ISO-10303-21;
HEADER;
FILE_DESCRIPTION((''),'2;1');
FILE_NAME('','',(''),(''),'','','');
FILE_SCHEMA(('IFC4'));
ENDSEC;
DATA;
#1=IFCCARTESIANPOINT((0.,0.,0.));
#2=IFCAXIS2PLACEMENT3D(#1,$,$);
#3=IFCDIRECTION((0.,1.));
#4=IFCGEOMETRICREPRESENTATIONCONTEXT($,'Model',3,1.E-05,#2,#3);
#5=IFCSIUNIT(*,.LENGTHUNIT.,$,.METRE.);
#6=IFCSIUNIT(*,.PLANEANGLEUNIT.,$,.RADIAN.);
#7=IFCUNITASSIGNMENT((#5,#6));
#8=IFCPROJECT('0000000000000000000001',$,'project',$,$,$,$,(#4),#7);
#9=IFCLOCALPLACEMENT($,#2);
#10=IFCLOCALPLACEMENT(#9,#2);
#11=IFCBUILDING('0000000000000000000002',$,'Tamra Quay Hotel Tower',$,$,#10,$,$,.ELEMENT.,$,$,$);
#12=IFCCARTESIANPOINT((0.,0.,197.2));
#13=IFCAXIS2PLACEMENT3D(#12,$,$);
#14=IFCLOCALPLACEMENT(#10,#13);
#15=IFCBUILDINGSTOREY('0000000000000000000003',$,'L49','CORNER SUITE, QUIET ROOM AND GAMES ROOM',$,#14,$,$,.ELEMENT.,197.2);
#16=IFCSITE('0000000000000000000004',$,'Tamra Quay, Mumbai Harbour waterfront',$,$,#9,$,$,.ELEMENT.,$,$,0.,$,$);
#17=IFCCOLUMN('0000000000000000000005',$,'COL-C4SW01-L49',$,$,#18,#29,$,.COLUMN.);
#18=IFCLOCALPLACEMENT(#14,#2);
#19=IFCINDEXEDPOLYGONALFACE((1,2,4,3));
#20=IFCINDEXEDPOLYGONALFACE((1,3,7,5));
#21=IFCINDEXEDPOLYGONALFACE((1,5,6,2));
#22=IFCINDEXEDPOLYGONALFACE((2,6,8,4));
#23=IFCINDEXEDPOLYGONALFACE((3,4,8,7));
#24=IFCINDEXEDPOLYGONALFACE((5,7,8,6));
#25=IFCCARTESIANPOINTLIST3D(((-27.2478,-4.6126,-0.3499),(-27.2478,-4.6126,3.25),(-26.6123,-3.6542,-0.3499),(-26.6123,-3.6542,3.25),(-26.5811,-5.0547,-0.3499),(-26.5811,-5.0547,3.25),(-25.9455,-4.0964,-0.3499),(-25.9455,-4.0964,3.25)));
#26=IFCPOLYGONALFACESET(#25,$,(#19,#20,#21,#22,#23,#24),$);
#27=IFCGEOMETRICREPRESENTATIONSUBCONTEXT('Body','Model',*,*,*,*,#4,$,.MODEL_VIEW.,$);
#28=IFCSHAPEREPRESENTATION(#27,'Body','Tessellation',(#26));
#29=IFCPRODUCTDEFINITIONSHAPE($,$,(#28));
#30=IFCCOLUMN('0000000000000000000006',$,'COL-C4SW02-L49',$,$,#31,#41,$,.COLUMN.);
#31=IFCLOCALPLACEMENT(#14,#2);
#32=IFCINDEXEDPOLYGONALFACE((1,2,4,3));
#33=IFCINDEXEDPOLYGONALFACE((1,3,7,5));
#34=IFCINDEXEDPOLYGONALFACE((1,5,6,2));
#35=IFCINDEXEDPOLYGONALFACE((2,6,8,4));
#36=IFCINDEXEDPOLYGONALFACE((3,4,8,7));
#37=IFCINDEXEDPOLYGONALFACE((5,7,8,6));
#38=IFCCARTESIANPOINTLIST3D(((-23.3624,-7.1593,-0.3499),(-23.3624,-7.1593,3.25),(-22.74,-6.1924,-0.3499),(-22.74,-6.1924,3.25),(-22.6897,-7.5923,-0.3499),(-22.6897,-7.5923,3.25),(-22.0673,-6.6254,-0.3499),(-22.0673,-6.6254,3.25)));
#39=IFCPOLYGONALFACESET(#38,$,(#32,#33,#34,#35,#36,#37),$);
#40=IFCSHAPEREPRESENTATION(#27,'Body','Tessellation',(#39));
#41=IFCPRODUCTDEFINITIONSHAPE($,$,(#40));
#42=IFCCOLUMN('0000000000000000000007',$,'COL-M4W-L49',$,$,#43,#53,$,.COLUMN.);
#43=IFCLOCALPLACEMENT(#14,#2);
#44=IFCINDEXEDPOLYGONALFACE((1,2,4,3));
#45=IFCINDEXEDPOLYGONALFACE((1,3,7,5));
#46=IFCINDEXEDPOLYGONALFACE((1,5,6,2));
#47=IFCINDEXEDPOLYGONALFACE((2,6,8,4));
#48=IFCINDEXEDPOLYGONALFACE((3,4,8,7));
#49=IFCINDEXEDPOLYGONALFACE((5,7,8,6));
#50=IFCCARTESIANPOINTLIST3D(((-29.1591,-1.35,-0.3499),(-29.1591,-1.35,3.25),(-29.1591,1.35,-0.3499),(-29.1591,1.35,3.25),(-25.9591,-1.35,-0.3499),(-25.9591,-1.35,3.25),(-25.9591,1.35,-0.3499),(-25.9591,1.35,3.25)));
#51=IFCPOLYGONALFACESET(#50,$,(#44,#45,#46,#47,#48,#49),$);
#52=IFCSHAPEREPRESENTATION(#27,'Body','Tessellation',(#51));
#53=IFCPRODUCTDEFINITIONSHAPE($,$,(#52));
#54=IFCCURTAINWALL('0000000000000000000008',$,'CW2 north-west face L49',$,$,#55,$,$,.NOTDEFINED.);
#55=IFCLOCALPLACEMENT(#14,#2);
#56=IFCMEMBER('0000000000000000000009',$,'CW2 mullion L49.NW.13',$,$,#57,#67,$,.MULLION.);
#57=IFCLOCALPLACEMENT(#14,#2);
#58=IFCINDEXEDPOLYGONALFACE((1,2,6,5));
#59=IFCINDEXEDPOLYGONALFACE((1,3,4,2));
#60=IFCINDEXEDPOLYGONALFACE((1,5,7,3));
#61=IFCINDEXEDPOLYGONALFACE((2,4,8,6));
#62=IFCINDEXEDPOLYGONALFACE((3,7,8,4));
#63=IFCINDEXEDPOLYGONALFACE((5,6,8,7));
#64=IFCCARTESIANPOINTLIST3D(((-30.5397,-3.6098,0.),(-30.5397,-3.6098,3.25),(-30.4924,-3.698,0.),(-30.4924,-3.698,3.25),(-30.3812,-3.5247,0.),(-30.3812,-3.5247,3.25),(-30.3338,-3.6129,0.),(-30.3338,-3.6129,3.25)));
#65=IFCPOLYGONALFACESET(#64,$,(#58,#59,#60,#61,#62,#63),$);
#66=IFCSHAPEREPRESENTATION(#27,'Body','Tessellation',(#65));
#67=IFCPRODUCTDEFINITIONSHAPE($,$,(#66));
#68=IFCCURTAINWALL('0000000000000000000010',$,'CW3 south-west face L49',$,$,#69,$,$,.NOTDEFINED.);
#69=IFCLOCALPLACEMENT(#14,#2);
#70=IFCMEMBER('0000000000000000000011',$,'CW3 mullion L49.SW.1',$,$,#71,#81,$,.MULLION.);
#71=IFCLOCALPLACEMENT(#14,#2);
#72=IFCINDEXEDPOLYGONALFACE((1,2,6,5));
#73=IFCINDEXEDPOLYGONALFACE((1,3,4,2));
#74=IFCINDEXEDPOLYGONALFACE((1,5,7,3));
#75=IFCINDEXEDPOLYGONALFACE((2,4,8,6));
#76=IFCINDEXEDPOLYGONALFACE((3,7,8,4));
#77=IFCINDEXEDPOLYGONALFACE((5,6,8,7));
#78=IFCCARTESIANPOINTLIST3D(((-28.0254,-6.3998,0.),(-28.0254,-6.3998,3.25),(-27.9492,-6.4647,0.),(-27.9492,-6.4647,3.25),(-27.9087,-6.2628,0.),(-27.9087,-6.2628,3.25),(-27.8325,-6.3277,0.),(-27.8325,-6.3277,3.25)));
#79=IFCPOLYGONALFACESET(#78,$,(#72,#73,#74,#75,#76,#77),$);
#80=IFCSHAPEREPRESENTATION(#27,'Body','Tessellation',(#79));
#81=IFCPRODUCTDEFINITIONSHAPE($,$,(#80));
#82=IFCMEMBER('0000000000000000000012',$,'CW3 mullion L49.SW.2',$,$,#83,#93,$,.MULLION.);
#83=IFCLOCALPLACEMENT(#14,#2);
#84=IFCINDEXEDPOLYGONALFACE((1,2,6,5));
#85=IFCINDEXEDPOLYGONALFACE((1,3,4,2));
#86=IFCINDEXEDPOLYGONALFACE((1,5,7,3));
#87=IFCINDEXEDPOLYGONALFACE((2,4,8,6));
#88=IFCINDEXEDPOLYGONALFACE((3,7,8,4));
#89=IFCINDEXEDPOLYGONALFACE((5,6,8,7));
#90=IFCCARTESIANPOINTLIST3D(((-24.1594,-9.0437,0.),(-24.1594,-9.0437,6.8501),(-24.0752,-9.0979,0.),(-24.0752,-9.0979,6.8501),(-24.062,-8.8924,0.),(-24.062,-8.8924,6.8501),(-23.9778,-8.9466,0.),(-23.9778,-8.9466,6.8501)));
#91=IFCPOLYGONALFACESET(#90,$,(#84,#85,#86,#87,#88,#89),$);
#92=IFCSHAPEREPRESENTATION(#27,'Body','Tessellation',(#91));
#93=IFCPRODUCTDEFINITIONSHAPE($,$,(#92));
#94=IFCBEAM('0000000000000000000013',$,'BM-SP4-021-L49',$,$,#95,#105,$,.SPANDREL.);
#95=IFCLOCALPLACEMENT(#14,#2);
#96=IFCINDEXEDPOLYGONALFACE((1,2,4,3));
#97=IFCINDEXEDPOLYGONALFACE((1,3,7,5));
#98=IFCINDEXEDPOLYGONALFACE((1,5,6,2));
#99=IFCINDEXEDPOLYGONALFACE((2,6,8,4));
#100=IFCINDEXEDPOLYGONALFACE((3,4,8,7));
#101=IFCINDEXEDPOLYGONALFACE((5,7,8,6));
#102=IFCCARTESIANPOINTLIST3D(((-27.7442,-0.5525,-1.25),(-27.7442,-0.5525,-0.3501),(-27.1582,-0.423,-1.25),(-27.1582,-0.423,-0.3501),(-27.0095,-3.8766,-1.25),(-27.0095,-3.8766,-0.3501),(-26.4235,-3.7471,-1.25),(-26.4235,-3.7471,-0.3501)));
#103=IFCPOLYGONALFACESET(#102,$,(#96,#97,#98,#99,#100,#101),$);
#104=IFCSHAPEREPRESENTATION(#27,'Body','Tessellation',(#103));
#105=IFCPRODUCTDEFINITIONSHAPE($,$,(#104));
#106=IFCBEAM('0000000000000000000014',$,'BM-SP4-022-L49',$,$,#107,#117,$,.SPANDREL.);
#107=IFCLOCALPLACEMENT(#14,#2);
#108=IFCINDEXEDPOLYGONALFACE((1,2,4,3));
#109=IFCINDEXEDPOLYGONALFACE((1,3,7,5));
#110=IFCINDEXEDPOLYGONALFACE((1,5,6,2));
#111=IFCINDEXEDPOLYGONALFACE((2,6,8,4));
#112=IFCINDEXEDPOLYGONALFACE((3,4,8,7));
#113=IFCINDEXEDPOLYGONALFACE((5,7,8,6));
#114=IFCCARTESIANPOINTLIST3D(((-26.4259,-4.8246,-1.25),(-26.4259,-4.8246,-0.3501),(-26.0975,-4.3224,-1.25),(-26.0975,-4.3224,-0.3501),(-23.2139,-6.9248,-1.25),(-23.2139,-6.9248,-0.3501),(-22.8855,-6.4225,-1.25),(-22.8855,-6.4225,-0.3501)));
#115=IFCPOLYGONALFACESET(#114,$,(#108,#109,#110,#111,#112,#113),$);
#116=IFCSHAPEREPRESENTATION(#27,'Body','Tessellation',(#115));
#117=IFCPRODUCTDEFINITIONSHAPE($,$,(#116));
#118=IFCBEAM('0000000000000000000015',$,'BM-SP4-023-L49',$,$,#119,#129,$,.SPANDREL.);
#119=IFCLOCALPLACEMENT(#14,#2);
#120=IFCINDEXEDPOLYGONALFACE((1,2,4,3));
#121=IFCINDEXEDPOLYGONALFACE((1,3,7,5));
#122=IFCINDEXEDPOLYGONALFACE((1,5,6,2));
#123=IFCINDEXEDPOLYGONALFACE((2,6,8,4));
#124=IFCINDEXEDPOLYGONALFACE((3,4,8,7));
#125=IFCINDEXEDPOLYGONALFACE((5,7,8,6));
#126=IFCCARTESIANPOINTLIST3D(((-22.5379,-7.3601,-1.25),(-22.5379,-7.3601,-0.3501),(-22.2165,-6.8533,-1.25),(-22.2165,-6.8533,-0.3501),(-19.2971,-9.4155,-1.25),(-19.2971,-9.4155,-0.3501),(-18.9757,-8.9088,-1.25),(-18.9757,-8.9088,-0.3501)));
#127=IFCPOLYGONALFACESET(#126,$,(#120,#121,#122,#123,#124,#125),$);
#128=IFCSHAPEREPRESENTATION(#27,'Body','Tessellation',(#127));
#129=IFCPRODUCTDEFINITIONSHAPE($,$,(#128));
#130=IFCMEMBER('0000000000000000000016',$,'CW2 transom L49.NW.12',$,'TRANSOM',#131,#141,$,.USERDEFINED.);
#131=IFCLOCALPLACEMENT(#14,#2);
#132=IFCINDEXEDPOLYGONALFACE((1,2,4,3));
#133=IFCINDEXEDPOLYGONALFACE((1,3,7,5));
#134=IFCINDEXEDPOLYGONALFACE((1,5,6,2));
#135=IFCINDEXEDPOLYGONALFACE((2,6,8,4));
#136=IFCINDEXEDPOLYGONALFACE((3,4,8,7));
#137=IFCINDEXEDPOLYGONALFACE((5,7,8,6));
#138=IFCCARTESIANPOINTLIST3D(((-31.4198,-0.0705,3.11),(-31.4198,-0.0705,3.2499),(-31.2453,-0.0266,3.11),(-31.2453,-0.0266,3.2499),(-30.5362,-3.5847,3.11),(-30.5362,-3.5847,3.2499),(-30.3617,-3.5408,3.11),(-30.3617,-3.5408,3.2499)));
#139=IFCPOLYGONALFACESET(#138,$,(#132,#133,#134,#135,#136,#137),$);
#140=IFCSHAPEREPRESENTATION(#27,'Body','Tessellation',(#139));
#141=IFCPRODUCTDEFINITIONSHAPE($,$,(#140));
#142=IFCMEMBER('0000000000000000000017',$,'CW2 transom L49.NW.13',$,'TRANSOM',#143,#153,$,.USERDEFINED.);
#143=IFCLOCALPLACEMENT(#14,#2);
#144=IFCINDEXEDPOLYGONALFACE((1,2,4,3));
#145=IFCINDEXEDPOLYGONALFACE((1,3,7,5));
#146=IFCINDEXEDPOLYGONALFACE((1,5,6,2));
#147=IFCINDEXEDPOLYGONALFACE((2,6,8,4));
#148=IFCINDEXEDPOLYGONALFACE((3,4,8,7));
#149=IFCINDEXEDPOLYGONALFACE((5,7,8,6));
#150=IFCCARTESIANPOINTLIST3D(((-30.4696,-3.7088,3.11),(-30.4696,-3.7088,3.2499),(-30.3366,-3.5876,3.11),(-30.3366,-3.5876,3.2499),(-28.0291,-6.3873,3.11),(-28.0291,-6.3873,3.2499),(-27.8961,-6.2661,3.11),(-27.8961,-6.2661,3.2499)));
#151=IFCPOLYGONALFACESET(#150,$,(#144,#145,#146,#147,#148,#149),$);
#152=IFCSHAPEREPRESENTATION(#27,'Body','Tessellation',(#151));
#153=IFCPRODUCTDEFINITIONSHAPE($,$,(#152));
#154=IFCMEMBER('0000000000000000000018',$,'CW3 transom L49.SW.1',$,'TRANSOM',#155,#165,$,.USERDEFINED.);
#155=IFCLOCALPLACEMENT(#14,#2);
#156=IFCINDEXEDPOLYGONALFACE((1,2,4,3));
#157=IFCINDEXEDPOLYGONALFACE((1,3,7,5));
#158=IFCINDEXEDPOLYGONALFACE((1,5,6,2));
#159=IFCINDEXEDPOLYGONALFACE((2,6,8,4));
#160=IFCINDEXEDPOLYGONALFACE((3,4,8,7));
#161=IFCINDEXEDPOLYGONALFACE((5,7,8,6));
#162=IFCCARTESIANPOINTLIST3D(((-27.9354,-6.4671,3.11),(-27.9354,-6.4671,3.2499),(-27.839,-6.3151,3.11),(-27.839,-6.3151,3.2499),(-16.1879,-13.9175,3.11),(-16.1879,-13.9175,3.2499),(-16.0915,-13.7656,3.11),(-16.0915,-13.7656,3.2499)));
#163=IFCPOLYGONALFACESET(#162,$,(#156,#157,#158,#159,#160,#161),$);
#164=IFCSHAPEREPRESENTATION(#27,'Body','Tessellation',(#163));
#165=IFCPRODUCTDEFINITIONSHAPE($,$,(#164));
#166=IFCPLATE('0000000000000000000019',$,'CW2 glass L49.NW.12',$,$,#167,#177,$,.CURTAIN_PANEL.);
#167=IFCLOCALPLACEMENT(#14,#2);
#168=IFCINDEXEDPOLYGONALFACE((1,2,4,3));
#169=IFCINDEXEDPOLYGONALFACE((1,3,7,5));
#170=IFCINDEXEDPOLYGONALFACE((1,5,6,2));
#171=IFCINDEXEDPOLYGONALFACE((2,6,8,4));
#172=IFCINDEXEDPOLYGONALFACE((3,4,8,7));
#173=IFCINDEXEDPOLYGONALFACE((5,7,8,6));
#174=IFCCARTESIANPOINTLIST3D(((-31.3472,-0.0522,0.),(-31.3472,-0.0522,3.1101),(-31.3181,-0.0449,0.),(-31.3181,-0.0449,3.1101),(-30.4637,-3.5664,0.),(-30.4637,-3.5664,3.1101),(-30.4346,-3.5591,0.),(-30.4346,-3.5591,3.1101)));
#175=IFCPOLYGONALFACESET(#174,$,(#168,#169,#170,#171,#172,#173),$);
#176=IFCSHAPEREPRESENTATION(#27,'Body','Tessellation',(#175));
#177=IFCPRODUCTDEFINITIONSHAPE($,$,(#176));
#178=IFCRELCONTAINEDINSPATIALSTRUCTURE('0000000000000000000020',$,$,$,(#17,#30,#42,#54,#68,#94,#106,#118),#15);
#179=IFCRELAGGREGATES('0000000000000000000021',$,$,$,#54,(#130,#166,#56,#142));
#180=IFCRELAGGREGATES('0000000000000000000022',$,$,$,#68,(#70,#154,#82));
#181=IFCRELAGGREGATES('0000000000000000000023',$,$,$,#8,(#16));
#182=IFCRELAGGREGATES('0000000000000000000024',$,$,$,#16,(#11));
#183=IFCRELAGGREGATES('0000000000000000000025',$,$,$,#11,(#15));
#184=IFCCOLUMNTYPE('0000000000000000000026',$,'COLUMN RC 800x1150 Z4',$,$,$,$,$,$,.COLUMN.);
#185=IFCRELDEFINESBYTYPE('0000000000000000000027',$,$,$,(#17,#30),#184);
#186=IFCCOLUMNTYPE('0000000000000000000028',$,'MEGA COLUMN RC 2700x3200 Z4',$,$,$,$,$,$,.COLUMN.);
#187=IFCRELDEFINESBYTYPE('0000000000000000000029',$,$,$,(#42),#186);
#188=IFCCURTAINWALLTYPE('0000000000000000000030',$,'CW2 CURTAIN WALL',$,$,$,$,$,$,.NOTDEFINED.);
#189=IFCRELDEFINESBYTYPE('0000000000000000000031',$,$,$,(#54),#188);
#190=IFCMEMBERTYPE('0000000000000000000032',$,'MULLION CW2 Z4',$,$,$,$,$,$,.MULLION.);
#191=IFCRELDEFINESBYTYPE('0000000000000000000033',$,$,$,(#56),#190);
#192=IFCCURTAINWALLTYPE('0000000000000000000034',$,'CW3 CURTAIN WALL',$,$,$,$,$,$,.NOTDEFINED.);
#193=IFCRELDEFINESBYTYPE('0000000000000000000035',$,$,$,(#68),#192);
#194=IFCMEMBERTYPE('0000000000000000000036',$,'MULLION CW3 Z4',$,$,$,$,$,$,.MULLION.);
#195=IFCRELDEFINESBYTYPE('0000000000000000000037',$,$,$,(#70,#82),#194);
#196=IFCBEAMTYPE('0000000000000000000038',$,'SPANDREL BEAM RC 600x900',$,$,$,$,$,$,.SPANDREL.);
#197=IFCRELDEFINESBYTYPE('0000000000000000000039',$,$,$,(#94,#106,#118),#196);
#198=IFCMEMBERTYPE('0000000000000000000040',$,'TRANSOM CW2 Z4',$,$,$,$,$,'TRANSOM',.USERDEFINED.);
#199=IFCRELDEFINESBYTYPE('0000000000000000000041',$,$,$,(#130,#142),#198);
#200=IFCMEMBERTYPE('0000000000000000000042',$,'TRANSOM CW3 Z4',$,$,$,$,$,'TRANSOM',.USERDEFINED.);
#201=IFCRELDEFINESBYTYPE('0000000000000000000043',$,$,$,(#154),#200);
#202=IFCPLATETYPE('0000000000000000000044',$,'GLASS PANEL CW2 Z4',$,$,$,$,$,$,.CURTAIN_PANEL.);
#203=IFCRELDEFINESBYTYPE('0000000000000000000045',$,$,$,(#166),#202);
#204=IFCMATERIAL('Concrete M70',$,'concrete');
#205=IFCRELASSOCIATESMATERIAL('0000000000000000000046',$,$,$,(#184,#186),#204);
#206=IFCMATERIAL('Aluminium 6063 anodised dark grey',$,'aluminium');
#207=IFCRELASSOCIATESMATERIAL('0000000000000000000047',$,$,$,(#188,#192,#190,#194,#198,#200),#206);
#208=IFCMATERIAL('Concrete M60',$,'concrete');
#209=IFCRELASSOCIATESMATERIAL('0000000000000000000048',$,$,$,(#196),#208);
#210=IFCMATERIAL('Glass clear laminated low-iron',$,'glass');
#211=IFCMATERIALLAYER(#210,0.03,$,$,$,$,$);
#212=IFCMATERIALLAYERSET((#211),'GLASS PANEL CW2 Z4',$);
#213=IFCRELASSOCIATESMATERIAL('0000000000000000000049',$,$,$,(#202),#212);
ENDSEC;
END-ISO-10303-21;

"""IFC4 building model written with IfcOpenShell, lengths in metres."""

from ifc_helpers import new_model, si_unit, direction, frame, origin, origin_2d, place, context, subcontext, project, spatial, rectangle, extrude, material, layer, layer_set, material_profile, profile_set, type_object, element, aggregate, save


model = new_model("IFC4")

# Units and contexts
model_context = context("Model", 3, precision=1e-05, world=origin(), true_north=direction((0.0, 1.0)))
body_context = subcontext(model_context, "Body", "Model", "MODEL_VIEW")
ifc_project = project(units=[si_unit("LENGTHUNIT", "METRE"), si_unit("PLANEANGLEUNIT", "RADIAN")], contexts=[model_context])

# Site, building, storey
site_placement = place(None, origin())
site = spatial("IfcSite", under=ifc_project, at=site_placement, Name="Tamra Quay, Mumbai Harbour waterfront", CompositionType="ELEMENT", RefElevation=0.0)
building_placement = place(site_placement, origin())
building = spatial("IfcBuilding", under=site, at=building_placement, Name="Tamra Quay Hotel Tower", CompositionType="ELEMENT")
storey_placement = place(building_placement, frame((0.0, 0.0, 197.2)))
storey = spatial("IfcBuildingStorey", under=building, at=storey_placement, Name="L49", Description="CORNER SUITE, QUIET ROOM AND GAMES ROOM", CompositionType="ELEMENT", Elevation=197.2)

# Columns
ifc_material_1 = material(Name="Concrete M70", Category="concrete")
ifc_material_profile_1 = material_profile(ifc_material_1, rectangle(XDim=1.1499, YDim=0.8, at=origin_2d()), Name="COLUMN RC 800x1150 Z4")
ifc_profile_set_1 = profile_set([ifc_material_profile_1], Name="Concrete M70")
column_type_1 = type_object("IfcColumnType", Name="COLUMN RC 800x1150 Z4", PredefinedType="COLUMN", material=ifc_profile_set_1)
for number, where, z_axis, x_axis, name in (
    (1, (-26.5967, -4.3545, -0.3499), (0.0, 0.0, 1.0), (0.552666, 0.833403, 0.0), "COL-C4SW01-L49"),
    (2, (-22.7148, -6.8923, -0.3499), (0.0, 0.0, 1.0), (0.541283, 0.840841, 0.0), "COL-C4SW02-L49"),
):
    element("IfcColumn", number, at=place(storey_placement, frame(where, z_axis=z_axis, x_axis=x_axis)), inside=storey, type_object=column_type_1, Name=name, PredefinedType="COLUMN", context=body_context, shape_type="SweptSolid", body=[
        extrude(rectangle(XDim=1.1499, YDim=0.8, at=origin_2d()), origin(), (0.0, 0.0, 1.0), 3.5999),
    ])
ifc_material_profile_2 = material_profile(ifc_material_1, rectangle(XDim=3.2, YDim=2.7, at=origin_2d()), Name="MEGA COLUMN RC 2700x3200 Z4")
ifc_profile_set_2 = profile_set([ifc_material_profile_2], Name="Concrete M70")
column_type_2 = type_object("IfcColumnType", Name="MEGA COLUMN RC 2700x3200 Z4", PredefinedType="COLUMN", material=ifc_profile_set_2)
column_placement = place(storey_placement, frame((-27.5591, 0.0, -0.3499), z_axis=(0.0, 0.0, 1.0), x_axis=(1.0, 0.0, 0.0)))
element("IfcColumn", 3, at=column_placement, inside=storey, type_object=column_type_2, Name="COL-M4W-L49", PredefinedType="COLUMN", context=body_context, shape_type="SweptSolid", body=[
    extrude(rectangle(XDim=3.2, YDim=2.7, at=origin_2d()), origin(), (0.0, 0.0, 1.0), 3.5999),
])

# Curtain wall, member
ifc_material_2 = material(Name="Aluminium 6063 anodised dark grey", Category="aluminium")
curtain_wall_type_1 = type_object("IfcCurtainWallType", Name="CW2 CURTAIN WALL", PredefinedType="NOTDEFINED", material=ifc_material_2)
curtain_wall_1_placement = place(storey_placement, origin())
curtain_wall_1 = element("IfcCurtainWall", 4, at=curtain_wall_1_placement, inside=storey, type_object=curtain_wall_type_1, Name="CW2 north-west face L49", PredefinedType="NOTDEFINED")
ifc_material_profile_3 = material_profile(ifc_material_2, rectangle(XDim=0.1799, YDim=0.1001, at=origin_2d()), Name="MULLION 100X180")
ifc_profile_set_3 = profile_set([ifc_material_profile_3], Name="Aluminium 6063 anodised dark grey")
member_type_1 = type_object("IfcMemberType", Name="MULLION CW2 Z4", PredefinedType="MULLION", material=ifc_profile_set_3)
member_1_placement = place(storey_placement, frame((-30.4368, -3.6113, 0.0), z_axis=(0.0, 0.0, 1.0), x_axis=(-0.881098, -0.472935, 0.0)))
member_1 = element("IfcMember", 5, at=member_1_placement, type_object=member_type_1, Name="CW2 mullion L49.NW.13", PredefinedType="MULLION", context=body_context, shape_type="SweptSolid", body=[
    extrude(rectangle(XDim=0.1799, YDim=0.1001, at=origin_2d()), origin(), (0.0, 0.0, 1.0), 3.25),
])

# Curtain wall, members
curtain_wall_type_2 = type_object("IfcCurtainWallType", Name="CW3 CURTAIN WALL", PredefinedType="NOTDEFINED", material=ifc_material_2)
curtain_wall_2_placement = place(storey_placement, origin())
curtain_wall_2 = element("IfcCurtainWall", 6, at=curtain_wall_2_placement, inside=storey, type_object=curtain_wall_type_2, Name="CW3 south-west face L49", PredefinedType="NOTDEFINED")
ifc_material_profile_4 = material_profile(ifc_material_2, rectangle(XDim=0.1799, YDim=0.1001, at=origin_2d()), Name="MULLION 100X180")
ifc_profile_set_4 = profile_set([ifc_material_profile_4], Name="Aluminium 6063 anodised dark grey")
member_type_2 = type_object("IfcMemberType", Name="MULLION CW3 Z4", PredefinedType="MULLION", material=ifc_profile_set_4)
member_2_placement = place(storey_placement, frame((-27.929, -6.3638, 0.0), z_axis=(0.0, 0.0, 1.0), x_axis=(-0.648381, -0.761316, 0.0)))
member_2 = element("IfcMember", 7, at=member_2_placement, type_object=member_type_2, Name="CW3 mullion L49.SW.1", PredefinedType="MULLION", context=body_context, shape_type="SweptSolid", body=[
    extrude(rectangle(XDim=0.1799, YDim=0.1001, at=origin_2d()), origin(), (0.0, 0.0, 1.0), 3.25),
])
member_3_placement = place(storey_placement, frame((-24.0686, -8.9951, 0.0), z_axis=(0.0, 0.0, 1.0), x_axis=(-0.541421, -0.840751, 0.0)))
member_3 = element("IfcMember", 8, at=member_3_placement, type_object=member_type_2, Name="CW3 mullion L49.SW.2", PredefinedType="MULLION", context=body_context, shape_type="SweptSolid", body=[
    extrude(rectangle(XDim=0.1799, YDim=0.1001, at=origin_2d()), origin(), (0.0, 0.0, 1.0), 6.8501),
])

# Beams
ifc_material_3 = material(Name="Concrete M60", Category="concrete")
ifc_material_profile_5 = material_profile(ifc_material_3, rectangle(XDim=0.6001, YDim=0.8999, at=origin_2d()), Name="SPANDREL BEAM RC 600x900")
ifc_profile_set_5 = profile_set([ifc_material_profile_5], Name="Concrete M60")
beam_type = type_object("IfcBeamType", Name="SPANDREL BEAM RC 600x900", PredefinedType="SPANDREL", material=ifc_profile_set_5)
beam_placement = place(storey_placement, frame((-27.4512, -0.4878, -0.8), z_axis=(0.215799, -0.976438, 0.0), x_axis=(0.976438, 0.215799, 0.0)))
element("IfcBeam", 9, at=beam_placement, inside=storey, type_object=beam_type, Name="BM-SP4-021-L49", PredefinedType="SPANDREL", context=body_context, shape_type="SweptSolid", body=[
    extrude(rectangle(XDim=0.6001, YDim=0.8999, at=origin_2d()), origin(), (0.0, 0.0, 1.0), 3.4043),
])
for number, where, z_axis, x_axis, name in (
    (10, (-26.2617, -4.5735, -0.8), (0.83697, -0.547249, 0.0), (0.547249, 0.83697, 0.0), "BM-SP4-022-L49"),
    (11, (-22.3772, -7.1067, -0.8), (0.84447, -0.535603, 0.0), (0.535603, 0.84447, 0.0), "BM-SP4-023-L49"),
):
    element("IfcBeam", number, at=place(storey_placement, frame(where, z_axis=z_axis, x_axis=x_axis)), inside=storey, type_object=beam_type, Name=name, PredefinedType="SPANDREL", context=body_context, shape_type="SweptSolid", body=[
        extrude(rectangle(XDim=0.6001, YDim=0.8999, at=origin_2d()), origin(), (0.0, 0.0, 1.0), 3.8376),
    ])

# Members
ifc_material_profile_6 = material_profile(ifc_material_2, rectangle(XDim=0.1799, YDim=0.1399, at=origin_2d()), Name="TRANSOM 180X140")
ifc_profile_set_6 = profile_set([ifc_material_profile_6], Name="Aluminium 6063 anodised dark grey")
member_type_3 = type_object("IfcMemberType", Name="TRANSOM CW2 Z4", ElementType="TRANSOM", PredefinedType="USERDEFINED", material=ifc_profile_set_6)
member_4_placement = place(storey_placement, frame((-31.3325, -0.0486, 3.1799), z_axis=(0.243835, -0.969817, 0.0), x_axis=(0.969817, 0.243835, 0.0)))
member_4 = element("IfcMember", 12, at=member_4_placement, type_object=member_type_3, Name="CW2 transom L49.NW.12", ObjectType="TRANSOM", PredefinedType="USERDEFINED", context=body_context, shape_type="SweptSolid", body=[
    extrude(rectangle(XDim=0.1799, YDim=0.1399, at=origin_2d()), origin(), (0.0, 0.0, 1.0), 3.6235),
])
member_5_placement = place(storey_placement, frame((-30.4031, -3.6482, 3.1799), z_axis=(0.673497, -0.73919, 0.0), x_axis=(0.73919, 0.673497, 0.0)))
member_5 = element("IfcMember", 13, at=member_5_placement, type_object=member_type_3, Name="CW2 transom L49.NW.13", ObjectType="TRANSOM", PredefinedType="USERDEFINED", context=body_context, shape_type="SweptSolid", body=[
    extrude(rectangle(XDim=0.1799, YDim=0.1399, at=origin_2d()), origin(), (0.0, 0.0, 1.0), 3.6235),
])
ifc_material_profile_7 = material_profile(ifc_material_2, rectangle(XDim=0.1799, YDim=0.1399, at=origin_2d()), Name="TRANSOM 180X140")
ifc_profile_set_7 = profile_set([ifc_material_profile_7], Name="Aluminium 6063 anodised dark grey")
member_type_4 = type_object("IfcMemberType", Name="TRANSOM CW3 Z4", ElementType="TRANSOM", PredefinedType="USERDEFINED", material=ifc_profile_set_7)
member_6_placement = place(storey_placement, frame((-27.8872, -6.3911, 3.1799), z_axis=(0.844484, -0.535581, 0.0), x_axis=(0.535581, 0.844484, 0.0)))
member_6 = element("IfcMember", 14, at=member_6_placement, type_object=member_type_4, Name="CW3 transom L49.SW.1", ObjectType="TRANSOM", PredefinedType="USERDEFINED", context=body_context, shape_type="SweptSolid", body=[
    extrude(rectangle(XDim=0.1799, YDim=0.1399, at=origin_2d()), origin(), (0.0, 0.0, 1.0), 13.9109),
])

# Plate
ifc_material_4 = material(Name="Glass clear laminated low-iron", Category="glass")
ifc_layer_1 = layer(ifc_material_4, 0.03)
ifc_layer_set_1 = layer_set([ifc_layer_1], Name="GLASS PANEL CW2 Z4")
plate_type_1 = type_object("IfcPlateType", Name="GLASS PANEL CW2 Z4", PredefinedType="CURTAIN_PANEL", material=ifc_layer_set_1)
plate_1_placement = place(storey_placement, frame((-30.8909, -1.8057, 0.0), z_axis=(0.0, 0.0, 1.0), x_axis=(0.243826, -0.969819, 0.0)))
plate_1 = element("IfcPlate", 15, at=plate_1_placement, type_object=plate_type_1, Name="CW2 glass L49.NW.12", PredefinedType="CURTAIN_PANEL", context=body_context, shape_type="SweptSolid", body=[
    extrude(rectangle(XDim=3.6235, YDim=0.03, at=origin_2d()), origin(), (0.0, 0.0, 1.0), 3.1101),
])
aggregate(curtain_wall_1, [member_4, plate_1, member_1, member_5])
aggregate(curtain_wall_2, [member_2, member_6, member_3])

save(model, "model.ifc")
